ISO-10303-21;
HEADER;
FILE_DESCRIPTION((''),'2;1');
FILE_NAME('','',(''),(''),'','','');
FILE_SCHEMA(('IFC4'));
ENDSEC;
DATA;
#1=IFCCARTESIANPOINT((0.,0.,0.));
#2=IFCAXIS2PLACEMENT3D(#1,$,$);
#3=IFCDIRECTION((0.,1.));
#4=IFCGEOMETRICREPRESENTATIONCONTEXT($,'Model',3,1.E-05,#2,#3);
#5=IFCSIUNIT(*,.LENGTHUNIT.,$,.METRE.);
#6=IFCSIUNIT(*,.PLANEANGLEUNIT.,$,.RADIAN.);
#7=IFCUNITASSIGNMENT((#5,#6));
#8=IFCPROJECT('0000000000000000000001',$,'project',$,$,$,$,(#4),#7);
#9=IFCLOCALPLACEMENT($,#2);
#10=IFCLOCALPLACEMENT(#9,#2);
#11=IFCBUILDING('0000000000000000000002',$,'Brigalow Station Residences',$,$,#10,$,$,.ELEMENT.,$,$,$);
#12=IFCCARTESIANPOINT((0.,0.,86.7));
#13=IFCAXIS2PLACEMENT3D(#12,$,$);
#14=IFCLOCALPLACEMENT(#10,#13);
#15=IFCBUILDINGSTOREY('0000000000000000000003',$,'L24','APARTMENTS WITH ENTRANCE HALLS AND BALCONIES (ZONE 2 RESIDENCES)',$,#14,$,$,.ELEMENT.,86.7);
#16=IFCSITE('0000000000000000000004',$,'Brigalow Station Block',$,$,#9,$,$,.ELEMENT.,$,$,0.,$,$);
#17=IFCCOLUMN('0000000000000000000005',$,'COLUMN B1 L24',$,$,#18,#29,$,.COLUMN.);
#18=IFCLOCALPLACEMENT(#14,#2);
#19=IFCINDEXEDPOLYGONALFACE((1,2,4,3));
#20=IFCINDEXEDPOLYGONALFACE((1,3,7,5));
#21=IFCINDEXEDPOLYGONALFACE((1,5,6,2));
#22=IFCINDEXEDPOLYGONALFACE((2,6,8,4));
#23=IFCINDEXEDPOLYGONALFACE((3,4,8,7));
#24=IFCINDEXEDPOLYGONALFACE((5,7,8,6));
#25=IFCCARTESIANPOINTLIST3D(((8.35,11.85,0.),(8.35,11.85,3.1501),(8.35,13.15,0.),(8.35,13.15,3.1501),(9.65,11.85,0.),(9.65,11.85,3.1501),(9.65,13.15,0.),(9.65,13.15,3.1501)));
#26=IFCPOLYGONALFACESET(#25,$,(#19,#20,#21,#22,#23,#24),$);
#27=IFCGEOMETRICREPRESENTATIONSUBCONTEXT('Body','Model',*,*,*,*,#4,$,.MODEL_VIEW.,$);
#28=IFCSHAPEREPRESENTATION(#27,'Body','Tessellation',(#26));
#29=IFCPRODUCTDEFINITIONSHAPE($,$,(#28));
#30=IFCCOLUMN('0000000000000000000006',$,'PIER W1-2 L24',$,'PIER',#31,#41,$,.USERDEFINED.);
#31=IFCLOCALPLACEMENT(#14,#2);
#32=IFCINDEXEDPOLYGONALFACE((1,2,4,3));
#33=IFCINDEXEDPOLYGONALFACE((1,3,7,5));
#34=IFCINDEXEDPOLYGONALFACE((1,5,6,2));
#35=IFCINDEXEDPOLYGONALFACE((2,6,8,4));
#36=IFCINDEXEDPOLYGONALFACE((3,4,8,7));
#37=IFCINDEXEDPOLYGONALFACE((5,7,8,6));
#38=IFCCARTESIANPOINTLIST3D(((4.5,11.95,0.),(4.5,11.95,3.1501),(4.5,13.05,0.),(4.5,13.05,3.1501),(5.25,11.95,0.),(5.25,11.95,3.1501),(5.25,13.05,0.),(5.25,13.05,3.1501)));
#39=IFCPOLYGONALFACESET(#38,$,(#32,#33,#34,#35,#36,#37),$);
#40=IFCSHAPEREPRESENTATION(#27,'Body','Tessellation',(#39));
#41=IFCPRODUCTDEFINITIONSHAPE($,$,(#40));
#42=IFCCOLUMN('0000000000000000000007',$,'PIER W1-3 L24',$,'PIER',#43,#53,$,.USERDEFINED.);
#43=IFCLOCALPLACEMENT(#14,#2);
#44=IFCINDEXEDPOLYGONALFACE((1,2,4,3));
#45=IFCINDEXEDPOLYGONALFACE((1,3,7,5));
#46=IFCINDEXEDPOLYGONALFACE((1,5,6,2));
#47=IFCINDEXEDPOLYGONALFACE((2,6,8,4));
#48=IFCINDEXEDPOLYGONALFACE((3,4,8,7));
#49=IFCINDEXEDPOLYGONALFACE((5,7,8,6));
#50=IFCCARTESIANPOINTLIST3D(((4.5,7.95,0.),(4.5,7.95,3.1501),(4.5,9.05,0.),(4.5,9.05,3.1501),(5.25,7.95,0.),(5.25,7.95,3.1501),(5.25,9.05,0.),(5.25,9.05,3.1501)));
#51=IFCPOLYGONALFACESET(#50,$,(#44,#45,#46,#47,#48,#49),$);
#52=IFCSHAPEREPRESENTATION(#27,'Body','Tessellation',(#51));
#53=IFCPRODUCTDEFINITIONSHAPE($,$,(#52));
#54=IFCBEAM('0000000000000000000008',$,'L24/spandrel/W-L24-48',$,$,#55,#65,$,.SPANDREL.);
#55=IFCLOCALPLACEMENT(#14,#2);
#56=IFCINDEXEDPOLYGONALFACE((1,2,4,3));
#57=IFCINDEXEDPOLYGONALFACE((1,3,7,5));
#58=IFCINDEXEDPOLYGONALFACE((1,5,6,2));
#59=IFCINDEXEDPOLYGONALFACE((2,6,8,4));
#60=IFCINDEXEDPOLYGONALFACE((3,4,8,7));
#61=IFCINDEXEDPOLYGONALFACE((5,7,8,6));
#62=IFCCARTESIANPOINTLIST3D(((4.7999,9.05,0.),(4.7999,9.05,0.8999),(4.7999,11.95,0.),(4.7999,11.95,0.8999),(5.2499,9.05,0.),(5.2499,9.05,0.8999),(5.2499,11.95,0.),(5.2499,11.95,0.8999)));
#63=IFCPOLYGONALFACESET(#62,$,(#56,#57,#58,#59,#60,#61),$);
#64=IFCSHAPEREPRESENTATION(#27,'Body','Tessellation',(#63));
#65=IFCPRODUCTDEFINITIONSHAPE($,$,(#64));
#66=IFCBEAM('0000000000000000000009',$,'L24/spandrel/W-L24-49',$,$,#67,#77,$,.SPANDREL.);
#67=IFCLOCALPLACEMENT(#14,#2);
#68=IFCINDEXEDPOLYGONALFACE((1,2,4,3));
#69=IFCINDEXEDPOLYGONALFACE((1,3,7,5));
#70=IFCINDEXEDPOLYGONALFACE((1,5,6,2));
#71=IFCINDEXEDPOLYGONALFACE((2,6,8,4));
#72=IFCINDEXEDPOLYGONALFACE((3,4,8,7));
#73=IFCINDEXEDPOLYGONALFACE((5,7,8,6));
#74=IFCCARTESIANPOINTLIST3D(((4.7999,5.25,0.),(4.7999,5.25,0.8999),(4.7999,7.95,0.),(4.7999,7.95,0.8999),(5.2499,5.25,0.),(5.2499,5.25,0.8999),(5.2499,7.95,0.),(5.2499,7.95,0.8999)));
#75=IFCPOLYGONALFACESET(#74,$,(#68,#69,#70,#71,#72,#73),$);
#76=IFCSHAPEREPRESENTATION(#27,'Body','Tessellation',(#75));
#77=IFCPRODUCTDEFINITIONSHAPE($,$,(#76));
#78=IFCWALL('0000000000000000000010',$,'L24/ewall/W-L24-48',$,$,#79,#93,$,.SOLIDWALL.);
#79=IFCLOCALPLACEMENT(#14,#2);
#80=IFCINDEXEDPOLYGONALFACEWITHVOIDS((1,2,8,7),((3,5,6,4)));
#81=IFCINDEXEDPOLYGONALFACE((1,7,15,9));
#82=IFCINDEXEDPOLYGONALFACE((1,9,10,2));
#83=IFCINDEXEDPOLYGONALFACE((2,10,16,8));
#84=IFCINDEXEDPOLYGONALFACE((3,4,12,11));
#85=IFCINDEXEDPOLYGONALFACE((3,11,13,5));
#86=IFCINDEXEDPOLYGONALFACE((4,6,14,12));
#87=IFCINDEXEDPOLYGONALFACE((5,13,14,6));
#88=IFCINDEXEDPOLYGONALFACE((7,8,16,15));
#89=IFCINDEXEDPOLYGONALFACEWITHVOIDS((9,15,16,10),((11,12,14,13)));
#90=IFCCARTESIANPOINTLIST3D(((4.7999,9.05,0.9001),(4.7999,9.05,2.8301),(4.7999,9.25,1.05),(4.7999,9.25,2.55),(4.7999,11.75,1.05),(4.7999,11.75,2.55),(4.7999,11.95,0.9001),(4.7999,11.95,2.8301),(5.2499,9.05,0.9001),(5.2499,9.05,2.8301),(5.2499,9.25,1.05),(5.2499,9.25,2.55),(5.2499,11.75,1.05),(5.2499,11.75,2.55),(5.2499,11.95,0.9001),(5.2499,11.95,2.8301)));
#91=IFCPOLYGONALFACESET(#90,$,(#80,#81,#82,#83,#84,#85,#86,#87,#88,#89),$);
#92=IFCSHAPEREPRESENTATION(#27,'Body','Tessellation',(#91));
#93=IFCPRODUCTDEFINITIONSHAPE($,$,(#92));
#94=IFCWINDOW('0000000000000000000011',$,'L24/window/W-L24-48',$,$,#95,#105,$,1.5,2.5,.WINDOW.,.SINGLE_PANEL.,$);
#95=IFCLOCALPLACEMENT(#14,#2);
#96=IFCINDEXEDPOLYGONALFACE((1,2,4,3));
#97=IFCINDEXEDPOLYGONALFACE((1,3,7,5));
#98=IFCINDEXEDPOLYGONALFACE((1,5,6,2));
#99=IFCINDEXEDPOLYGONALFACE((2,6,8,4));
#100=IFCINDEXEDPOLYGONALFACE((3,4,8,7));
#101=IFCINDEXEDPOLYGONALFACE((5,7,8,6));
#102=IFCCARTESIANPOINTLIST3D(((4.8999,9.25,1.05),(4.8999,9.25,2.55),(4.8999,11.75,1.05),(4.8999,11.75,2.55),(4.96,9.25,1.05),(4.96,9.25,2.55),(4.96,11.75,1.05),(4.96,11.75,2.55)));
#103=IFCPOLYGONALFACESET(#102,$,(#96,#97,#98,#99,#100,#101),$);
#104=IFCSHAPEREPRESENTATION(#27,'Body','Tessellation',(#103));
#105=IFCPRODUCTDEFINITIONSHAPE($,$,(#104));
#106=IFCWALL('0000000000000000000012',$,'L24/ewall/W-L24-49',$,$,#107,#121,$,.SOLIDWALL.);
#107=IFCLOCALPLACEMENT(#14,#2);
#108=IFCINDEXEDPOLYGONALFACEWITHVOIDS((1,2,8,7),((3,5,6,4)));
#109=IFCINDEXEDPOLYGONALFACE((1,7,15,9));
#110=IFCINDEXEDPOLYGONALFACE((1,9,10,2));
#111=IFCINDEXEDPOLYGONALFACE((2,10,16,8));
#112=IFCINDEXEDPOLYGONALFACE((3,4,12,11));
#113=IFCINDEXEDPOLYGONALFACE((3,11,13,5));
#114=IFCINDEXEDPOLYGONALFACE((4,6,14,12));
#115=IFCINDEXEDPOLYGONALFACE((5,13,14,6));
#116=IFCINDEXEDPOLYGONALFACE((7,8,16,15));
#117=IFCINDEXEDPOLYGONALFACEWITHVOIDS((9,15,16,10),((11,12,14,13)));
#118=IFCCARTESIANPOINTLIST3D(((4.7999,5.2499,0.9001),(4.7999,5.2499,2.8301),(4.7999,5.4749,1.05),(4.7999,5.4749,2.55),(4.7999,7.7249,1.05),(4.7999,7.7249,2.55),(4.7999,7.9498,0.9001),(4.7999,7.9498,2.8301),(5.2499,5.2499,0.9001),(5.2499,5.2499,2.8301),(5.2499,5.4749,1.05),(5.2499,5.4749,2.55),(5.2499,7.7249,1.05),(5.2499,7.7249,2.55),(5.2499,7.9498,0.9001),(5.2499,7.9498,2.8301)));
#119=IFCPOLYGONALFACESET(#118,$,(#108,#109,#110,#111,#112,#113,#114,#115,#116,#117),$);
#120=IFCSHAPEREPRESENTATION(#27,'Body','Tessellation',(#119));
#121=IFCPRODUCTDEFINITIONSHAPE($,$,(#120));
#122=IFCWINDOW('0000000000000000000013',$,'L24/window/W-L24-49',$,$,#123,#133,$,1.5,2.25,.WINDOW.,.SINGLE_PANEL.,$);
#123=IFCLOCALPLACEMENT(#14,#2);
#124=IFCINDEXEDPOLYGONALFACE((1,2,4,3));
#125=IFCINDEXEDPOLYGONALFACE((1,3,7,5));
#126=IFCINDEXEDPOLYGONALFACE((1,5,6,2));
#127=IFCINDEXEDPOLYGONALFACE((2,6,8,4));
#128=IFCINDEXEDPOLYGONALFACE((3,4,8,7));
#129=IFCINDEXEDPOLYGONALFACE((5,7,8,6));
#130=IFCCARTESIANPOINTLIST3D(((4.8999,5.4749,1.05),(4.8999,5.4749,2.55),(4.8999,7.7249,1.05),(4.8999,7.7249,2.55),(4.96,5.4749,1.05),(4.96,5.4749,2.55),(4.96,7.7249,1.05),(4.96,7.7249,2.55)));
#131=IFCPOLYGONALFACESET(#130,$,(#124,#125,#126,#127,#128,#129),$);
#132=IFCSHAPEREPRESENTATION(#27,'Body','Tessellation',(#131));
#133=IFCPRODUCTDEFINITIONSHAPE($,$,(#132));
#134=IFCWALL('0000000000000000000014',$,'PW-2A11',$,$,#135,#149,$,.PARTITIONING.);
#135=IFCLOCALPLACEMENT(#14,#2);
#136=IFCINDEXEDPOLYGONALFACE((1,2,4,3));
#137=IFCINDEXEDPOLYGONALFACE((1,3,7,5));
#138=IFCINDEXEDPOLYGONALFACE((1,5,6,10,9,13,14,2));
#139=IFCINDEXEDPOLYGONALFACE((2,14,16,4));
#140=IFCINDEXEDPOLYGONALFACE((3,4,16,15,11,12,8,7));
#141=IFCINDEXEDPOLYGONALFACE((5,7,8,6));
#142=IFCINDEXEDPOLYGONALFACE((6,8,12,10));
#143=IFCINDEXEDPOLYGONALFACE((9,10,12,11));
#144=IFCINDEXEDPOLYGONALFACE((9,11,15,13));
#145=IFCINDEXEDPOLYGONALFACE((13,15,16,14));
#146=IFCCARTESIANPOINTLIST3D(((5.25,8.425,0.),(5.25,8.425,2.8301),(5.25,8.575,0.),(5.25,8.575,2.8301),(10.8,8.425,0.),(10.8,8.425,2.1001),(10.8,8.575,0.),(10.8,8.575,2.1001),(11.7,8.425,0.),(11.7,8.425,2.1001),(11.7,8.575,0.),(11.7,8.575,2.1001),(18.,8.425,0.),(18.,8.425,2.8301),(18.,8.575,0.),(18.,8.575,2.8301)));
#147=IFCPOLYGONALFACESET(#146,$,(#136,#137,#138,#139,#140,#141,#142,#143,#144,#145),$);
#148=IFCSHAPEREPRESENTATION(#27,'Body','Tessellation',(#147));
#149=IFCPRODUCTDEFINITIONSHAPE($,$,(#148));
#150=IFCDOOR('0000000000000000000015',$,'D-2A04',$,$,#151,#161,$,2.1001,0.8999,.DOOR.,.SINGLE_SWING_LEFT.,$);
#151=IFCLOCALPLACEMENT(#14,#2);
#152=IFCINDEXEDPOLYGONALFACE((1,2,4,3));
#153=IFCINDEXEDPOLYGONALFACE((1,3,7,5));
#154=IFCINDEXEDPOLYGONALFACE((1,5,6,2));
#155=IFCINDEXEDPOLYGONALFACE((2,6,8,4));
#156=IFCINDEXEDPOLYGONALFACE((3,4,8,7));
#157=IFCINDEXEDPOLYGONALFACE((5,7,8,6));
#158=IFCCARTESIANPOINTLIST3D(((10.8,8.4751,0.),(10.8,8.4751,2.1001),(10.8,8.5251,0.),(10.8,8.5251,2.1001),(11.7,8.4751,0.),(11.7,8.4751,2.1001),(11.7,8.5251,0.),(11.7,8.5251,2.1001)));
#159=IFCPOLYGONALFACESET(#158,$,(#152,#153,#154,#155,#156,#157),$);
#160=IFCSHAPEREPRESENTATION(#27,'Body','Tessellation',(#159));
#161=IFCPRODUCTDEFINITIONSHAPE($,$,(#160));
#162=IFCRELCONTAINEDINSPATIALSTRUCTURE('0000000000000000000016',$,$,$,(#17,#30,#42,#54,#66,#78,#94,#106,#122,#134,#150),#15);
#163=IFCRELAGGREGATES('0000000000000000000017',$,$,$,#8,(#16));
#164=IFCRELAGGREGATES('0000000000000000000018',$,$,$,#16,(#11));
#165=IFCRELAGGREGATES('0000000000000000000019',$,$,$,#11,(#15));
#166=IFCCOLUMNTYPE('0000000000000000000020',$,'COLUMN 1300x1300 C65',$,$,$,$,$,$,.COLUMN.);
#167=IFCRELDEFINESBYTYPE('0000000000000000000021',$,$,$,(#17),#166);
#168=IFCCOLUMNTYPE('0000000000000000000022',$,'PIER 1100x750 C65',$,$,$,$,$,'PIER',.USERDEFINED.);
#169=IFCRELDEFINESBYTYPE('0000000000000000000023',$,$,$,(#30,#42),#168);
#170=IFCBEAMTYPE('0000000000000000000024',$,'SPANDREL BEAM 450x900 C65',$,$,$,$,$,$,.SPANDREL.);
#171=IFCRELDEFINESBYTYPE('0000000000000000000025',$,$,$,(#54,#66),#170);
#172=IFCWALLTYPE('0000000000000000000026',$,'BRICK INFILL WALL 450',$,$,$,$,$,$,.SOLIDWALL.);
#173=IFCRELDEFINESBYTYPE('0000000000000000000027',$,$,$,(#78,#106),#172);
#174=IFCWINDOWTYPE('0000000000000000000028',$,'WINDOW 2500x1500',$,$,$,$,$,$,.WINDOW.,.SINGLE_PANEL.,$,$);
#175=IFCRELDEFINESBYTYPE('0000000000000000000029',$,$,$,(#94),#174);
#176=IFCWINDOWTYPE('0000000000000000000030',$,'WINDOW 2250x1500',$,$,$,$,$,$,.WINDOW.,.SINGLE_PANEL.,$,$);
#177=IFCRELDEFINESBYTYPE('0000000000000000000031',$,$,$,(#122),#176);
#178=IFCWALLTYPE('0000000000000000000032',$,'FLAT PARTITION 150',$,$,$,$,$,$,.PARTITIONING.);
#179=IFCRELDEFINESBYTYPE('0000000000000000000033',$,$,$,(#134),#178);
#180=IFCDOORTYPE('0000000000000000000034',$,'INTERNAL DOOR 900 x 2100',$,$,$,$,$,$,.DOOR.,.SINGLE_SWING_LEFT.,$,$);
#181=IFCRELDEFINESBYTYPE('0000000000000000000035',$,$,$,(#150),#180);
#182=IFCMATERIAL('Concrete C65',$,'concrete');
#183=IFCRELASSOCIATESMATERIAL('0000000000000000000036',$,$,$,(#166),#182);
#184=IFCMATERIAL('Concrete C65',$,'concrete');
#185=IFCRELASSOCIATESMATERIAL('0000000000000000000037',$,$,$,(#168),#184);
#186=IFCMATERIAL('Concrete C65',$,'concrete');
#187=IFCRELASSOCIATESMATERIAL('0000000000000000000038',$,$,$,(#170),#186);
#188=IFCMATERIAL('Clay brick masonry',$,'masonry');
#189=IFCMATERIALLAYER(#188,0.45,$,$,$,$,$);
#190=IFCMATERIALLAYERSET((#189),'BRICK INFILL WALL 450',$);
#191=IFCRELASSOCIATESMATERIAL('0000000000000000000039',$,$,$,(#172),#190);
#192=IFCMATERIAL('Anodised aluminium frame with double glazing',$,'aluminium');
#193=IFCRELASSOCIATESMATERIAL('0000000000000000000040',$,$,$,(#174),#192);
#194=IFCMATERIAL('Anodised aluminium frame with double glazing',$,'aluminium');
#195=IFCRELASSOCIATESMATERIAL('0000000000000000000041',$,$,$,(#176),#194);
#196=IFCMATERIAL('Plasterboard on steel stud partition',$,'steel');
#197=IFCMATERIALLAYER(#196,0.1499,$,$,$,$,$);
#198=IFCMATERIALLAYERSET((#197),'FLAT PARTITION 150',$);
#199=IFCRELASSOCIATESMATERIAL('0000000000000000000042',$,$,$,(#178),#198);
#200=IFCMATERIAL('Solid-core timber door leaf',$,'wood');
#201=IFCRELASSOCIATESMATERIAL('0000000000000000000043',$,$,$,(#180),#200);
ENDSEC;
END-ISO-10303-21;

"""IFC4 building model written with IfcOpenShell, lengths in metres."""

from ifc_helpers import new_model, si_unit, direction, frame, frame_2d, origin, origin_2d, place, context, subcontext, project, spatial, rectangle, extrude, material, layer, layer_set, material_profile, profile_set, type_object, element, fill, save


model = new_model("IFC4")

# Units and contexts
model_context = context("Model", 3, precision=1e-05, world=origin(), true_north=direction((0.0, 1.0)))
body_context = subcontext(model_context, "Body", "Model", "MODEL_VIEW")
ifc_project = project(units=[si_unit("LENGTHUNIT", "METRE"), si_unit("PLANEANGLEUNIT", "RADIAN")], contexts=[model_context])

# Site, building, storey
site_placement = place(None, origin())
site = spatial("IfcSite", under=ifc_project, at=site_placement, Name="Brigalow Station Block", CompositionType="ELEMENT", RefElevation=0.0)
building_placement = place(site_placement, origin())
building = spatial("IfcBuilding", under=site, at=building_placement, Name="Brigalow Station Residences", CompositionType="ELEMENT")
storey_placement = place(building_placement, frame((0.0, 0.0, 86.7)))
storey = spatial("IfcBuildingStorey", under=building, at=storey_placement, Name="L24", Description="APARTMENTS WITH ENTRANCE HALLS AND BALCONIES (ZONE 2 RESIDENCES)", CompositionType="ELEMENT", Elevation=86.7)

# Columns
ifc_material_1 = material(Name="Concrete C65", Category="concrete")
ifc_material_profile_1 = material_profile(ifc_material_1, rectangle(XDim=1.3, YDim=1.3, at=origin_2d()), Name="RC1300x1300")
ifc_profile_set_1 = profile_set([ifc_material_profile_1], Name="Concrete C65")
column_type_1 = type_object("IfcColumnType", Name="COLUMN 1300x1300 C65", PredefinedType="COLUMN", material=ifc_profile_set_1)
column_placement = place(storey_placement, frame((9.0, 12.5, 0.0), z_axis=(0.0, 0.0, 1.0), x_axis=(1.0, 0.0, 0.0)))
element("IfcColumn", 1, at=column_placement, inside=storey, type_object=column_type_1, Name="COLUMN B1 L24", PredefinedType="COLUMN", context=body_context, shape_type="SweptSolid", body=[
    extrude(rectangle(XDim=1.3, YDim=1.3, at=origin_2d()), origin(), (0.0, 0.0, 1.0), 3.1501),
])
ifc_material_2 = material(Name="Concrete C65", Category="concrete")
ifc_material_profile_2 = material_profile(ifc_material_2, rectangle(XDim=1.1001, YDim=0.75, at=origin_2d()), Name="RC1100x750")
ifc_profile_set_2 = profile_set([ifc_material_profile_2], Name="Concrete C65")
column_type_2 = type_object("IfcColumnType", Name="PIER 1100x750 C65", ElementType="PIER", PredefinedType="USERDEFINED", material=ifc_profile_set_2)
for number, where, z_axis, x_axis, name in (
    (2, (4.875, 12.5, 0.0), (0.0, 0.0, 1.0), (0.0, -1.0, 0.0), "PIER W1-2 L24"),
    (3, (4.875, 8.5, 0.0), (0.0, 0.0, 1.0), (0.0, -1.0, 0.0), "PIER W1-3 L24"),
):
    element("IfcColumn", number, at=place(storey_placement, frame(where, z_axis=z_axis, x_axis=x_axis)), inside=storey, type_object=column_type_2, Name=name, ObjectType="PIER", PredefinedType="USERDEFINED", context=body_context, shape_type="SweptSolid", body=[
        extrude(rectangle(XDim=1.1001, YDim=0.75, at=origin_2d()), origin(), (0.0, 0.0, 1.0), 3.1501),
    ])

# Beams
ifc_material_3 = material(Name="Concrete C65", Category="concrete")
ifc_material_profile_3 = material_profile(ifc_material_3, rectangle(XDim=0.45, YDim=0.8999, at=origin_2d()), Name="RC450x900")
ifc_profile_set_3 = profile_set([ifc_material_profile_3], Name="Concrete C65")
beam_type = type_object("IfcBeamType", Name="SPANDREL BEAM 450x900 C65", PredefinedType="SPANDREL", material=ifc_profile_set_3)
beam_1_placement = place(storey_placement, frame((5.0249, 11.95, 0.45), z_axis=(0.0, -1.0, 0.0), x_axis=(1.0, 0.0, 0.0)))
element("IfcBeam", 4, at=beam_1_placement, inside=storey, type_object=beam_type, Name="L24/spandrel/W-L24-48", PredefinedType="SPANDREL", context=body_context, shape_type="SweptSolid", body=[
    extrude(rectangle(XDim=0.45, YDim=0.8999, at=origin_2d()), origin(), (0.0, 0.0, 1.0), 2.8999),
])
beam_2_placement = place(storey_placement, frame((5.0249, 7.95, 0.45), z_axis=(0.0, -1.0, 0.0), x_axis=(1.0, 0.0, 0.0)))
element("IfcBeam", 5, at=beam_2_placement, inside=storey, type_object=beam_type, Name="L24/spandrel/W-L24-49", PredefinedType="SPANDREL", context=body_context, shape_type="SweptSolid", body=[
    extrude(rectangle(XDim=0.45, YDim=0.8999, at=origin_2d()), origin(), (0.0, 0.0, 1.0), 2.7),
])

# Walls, openings, windows
ifc_material_4 = material(Name="Clay brick masonry", Category="masonry")
ifc_layer_1 = layer(ifc_material_4, 0.45)
ifc_layer_set_1 = layer_set([ifc_layer_1], Name="BRICK INFILL WALL 450")
wall_type_1 = type_object("IfcWallType", Name="BRICK INFILL WALL 450", PredefinedType="SOLIDWALL", material=ifc_layer_set_1)
wall_1_placement = place(storey_placement, frame((5.0249, 11.95, 0.9001), z_axis=(0.0, 0.0, 1.0), x_axis=(0.0, -1.0, 0.0)))
wall_1 = element("IfcWall", 6, at=wall_1_placement, inside=storey, type_object=wall_type_1, Name="L24/ewall/W-L24-48", PredefinedType="SOLIDWALL", context=body_context, shape_type="SweptSolid", body=[
    extrude(rectangle(XDim=2.8999, YDim=0.45, at=frame_2d((1.45, 0.0))), origin(), (0.0, 0.0, 1.0), 1.9299),
])
opening_1_placement = place(wall_1_placement, frame((0.2, 0.0, 0.1499)))
opening_1 = element("IfcOpeningElement", 7, at=opening_1_placement, cuts=wall_1, PredefinedType="OPENING", context=body_context, shape_type="SweptSolid", body=[
    extrude(rectangle(XDim=2.5, YDim=1.5, at=frame_2d((1.25, 0.75))), frame((0.0, 0.2349, 0.0), z_axis=(0.0, -1.0, 0.0), x_axis=(1.0, 0.0, 0.0)), (0.0, 0.0, 1.0), 0.47),
])
ifc_material_5 = material(Name="Anodised aluminium frame with double glazing", Category="aluminium")
window_type_1 = type_object("IfcWindowType", Name="WINDOW 2500x1500", PartitioningType="SINGLE_PANEL", PredefinedType="WINDOW", material=ifc_material_5)
window_1_placement = place(opening_1_placement, origin())
window_1 = element("IfcWindow", 8, at=window_1_placement, inside=storey, type_object=window_type_1, Name="L24/window/W-L24-48", OverallHeight=1.5, OverallWidth=2.5, PartitioningType="SINGLE_PANEL", PredefinedType="WINDOW", context=body_context, shape_type="SweptSolid", body=[
    extrude(rectangle(XDim=2.5, YDim=1.5, at=frame_2d((1.25, 0.75))), frame((0.0, -0.0649, 0.0), z_axis=(0.0, -1.0, 0.0), x_axis=(1.0, 0.0, 0.0)), (0.0, 0.0, 1.0), 0.0601),
])
fill(opening_1, window_1)
wall_2_placement = place(storey_placement, frame((5.0249, 7.95, 0.9001), z_axis=(0.0, 0.0, 1.0), x_axis=(0.0, -1.0, 0.0)))
wall_2 = element("IfcWall", 9, at=wall_2_placement, inside=storey, type_object=wall_type_1, Name="L24/ewall/W-L24-49", PredefinedType="SOLIDWALL", context=body_context, shape_type="SweptSolid", body=[
    extrude(rectangle(XDim=2.7, YDim=0.45, at=frame_2d((1.3501, 0.0))), origin(), (0.0, 0.0, 1.0), 1.9299),
])
opening_2_placement = place(wall_2_placement, frame((0.2251, 0.0, 0.1499)))
opening_2 = element("IfcOpeningElement", 10, at=opening_2_placement, cuts=wall_2, PredefinedType="OPENING", context=body_context, shape_type="SweptSolid", body=[
    extrude(rectangle(XDim=2.25, YDim=1.5, at=frame_2d((1.125, 0.75))), frame((0.0, 0.2349, 0.0), z_axis=(0.0, -1.0, 0.0), x_axis=(1.0, 0.0, 0.0)), (0.0, 0.0, 1.0), 0.47),
])
ifc_material_6 = material(Name="Anodised aluminium frame with double glazing", Category="aluminium")
window_type_2 = type_object("IfcWindowType", Name="WINDOW 2250x1500", PartitioningType="SINGLE_PANEL", PredefinedType="WINDOW", material=ifc_material_6)
window_2_placement = place(opening_2_placement, origin())
window_2 = element("IfcWindow", 11, at=window_2_placement, inside=storey, type_object=window_type_2, Name="L24/window/W-L24-49", OverallHeight=1.5, OverallWidth=2.25, PartitioningType="SINGLE_PANEL", PredefinedType="WINDOW", context=body_context, shape_type="SweptSolid", body=[
    extrude(rectangle(XDim=2.25, YDim=1.5, at=frame_2d((1.125, 0.75))), frame((0.0, -0.0649, 0.0), z_axis=(0.0, -1.0, 0.0), x_axis=(1.0, 0.0, 0.0)), (0.0, 0.0, 1.0), 0.0601),
])
fill(opening_2, window_2)

# Wall, opening, door
ifc_material_7 = material(Name="Plasterboard on steel stud partition", Category="steel")
ifc_layer_2 = layer(ifc_material_7, 0.1499)
ifc_layer_set_2 = layer_set([ifc_layer_2], Name="FLAT PARTITION 150")
wall_type_2 = type_object("IfcWallType", Name="FLAT PARTITION 150", PredefinedType="PARTITIONING", material=ifc_layer_set_2)
wall_3_placement = place(storey_placement, frame((5.25, 8.5, 0.0), z_axis=(0.0, 0.0, 1.0), x_axis=(1.0, 0.0, 0.0)))
wall_3 = element("IfcWall", 12, at=wall_3_placement, inside=storey, type_object=wall_type_2, Name="PW-2A11", PredefinedType="PARTITIONING", context=body_context, shape_type="SweptSolid", body=[
    extrude(rectangle(XDim=12.75, YDim=0.1499, at=frame_2d((6.375, 0.0))), origin(), (0.0, 0.0, 1.0), 2.8301),
])
opening_3_placement = place(wall_3_placement, frame((5.55, 0.0, 0.0)))
opening_3 = element("IfcOpeningElement", 13, at=opening_3_placement, cuts=wall_3, PredefinedType="OPENING", context=body_context, shape_type="SweptSolid", body=[
    extrude(rectangle(XDim=0.8999, YDim=2.1001, at=frame_2d((0.45, 1.05))), frame((0.0, 0.085, 0.0), z_axis=(0.0, -1.0, 0.0), x_axis=(1.0, 0.0, 0.0)), (0.0, 0.0, 1.0), 0.1699),
])
ifc_material_8 = material(Name="Solid-core timber door leaf", Category="wood")
door_type = type_object("IfcDoorType", Name="INTERNAL DOOR 900 x 2100", OperationType="SINGLE_SWING_LEFT", PredefinedType="DOOR", material=ifc_material_8)
door_1_placement = place(opening_3_placement, frame((0.8999, 0.0, 0.0), z_axis=(0.0, 0.0, 1.0), x_axis=(-1.0, 0.0, 0.0)))
door_1 = element("IfcDoor", 14, at=door_1_placement, inside=storey, type_object=door_type, Name="D-2A04", OperationType="SINGLE_SWING_LEFT", OverallHeight=2.1001, OverallWidth=0.8999, PredefinedType="DOOR", context=body_context, shape_type="SweptSolid", body=[
    extrude(rectangle(XDim=0.8999, YDim=2.1001, at=frame_2d((0.45, 1.05))), frame((0.0, 0.0249, 0.0), z_axis=(0.0, -1.0, 0.0), x_axis=(1.0, 0.0, 0.0)), (0.0, 0.0, 1.0), 0.05),
])
fill(opening_3, door_1)

save(model, "model.ifc")
